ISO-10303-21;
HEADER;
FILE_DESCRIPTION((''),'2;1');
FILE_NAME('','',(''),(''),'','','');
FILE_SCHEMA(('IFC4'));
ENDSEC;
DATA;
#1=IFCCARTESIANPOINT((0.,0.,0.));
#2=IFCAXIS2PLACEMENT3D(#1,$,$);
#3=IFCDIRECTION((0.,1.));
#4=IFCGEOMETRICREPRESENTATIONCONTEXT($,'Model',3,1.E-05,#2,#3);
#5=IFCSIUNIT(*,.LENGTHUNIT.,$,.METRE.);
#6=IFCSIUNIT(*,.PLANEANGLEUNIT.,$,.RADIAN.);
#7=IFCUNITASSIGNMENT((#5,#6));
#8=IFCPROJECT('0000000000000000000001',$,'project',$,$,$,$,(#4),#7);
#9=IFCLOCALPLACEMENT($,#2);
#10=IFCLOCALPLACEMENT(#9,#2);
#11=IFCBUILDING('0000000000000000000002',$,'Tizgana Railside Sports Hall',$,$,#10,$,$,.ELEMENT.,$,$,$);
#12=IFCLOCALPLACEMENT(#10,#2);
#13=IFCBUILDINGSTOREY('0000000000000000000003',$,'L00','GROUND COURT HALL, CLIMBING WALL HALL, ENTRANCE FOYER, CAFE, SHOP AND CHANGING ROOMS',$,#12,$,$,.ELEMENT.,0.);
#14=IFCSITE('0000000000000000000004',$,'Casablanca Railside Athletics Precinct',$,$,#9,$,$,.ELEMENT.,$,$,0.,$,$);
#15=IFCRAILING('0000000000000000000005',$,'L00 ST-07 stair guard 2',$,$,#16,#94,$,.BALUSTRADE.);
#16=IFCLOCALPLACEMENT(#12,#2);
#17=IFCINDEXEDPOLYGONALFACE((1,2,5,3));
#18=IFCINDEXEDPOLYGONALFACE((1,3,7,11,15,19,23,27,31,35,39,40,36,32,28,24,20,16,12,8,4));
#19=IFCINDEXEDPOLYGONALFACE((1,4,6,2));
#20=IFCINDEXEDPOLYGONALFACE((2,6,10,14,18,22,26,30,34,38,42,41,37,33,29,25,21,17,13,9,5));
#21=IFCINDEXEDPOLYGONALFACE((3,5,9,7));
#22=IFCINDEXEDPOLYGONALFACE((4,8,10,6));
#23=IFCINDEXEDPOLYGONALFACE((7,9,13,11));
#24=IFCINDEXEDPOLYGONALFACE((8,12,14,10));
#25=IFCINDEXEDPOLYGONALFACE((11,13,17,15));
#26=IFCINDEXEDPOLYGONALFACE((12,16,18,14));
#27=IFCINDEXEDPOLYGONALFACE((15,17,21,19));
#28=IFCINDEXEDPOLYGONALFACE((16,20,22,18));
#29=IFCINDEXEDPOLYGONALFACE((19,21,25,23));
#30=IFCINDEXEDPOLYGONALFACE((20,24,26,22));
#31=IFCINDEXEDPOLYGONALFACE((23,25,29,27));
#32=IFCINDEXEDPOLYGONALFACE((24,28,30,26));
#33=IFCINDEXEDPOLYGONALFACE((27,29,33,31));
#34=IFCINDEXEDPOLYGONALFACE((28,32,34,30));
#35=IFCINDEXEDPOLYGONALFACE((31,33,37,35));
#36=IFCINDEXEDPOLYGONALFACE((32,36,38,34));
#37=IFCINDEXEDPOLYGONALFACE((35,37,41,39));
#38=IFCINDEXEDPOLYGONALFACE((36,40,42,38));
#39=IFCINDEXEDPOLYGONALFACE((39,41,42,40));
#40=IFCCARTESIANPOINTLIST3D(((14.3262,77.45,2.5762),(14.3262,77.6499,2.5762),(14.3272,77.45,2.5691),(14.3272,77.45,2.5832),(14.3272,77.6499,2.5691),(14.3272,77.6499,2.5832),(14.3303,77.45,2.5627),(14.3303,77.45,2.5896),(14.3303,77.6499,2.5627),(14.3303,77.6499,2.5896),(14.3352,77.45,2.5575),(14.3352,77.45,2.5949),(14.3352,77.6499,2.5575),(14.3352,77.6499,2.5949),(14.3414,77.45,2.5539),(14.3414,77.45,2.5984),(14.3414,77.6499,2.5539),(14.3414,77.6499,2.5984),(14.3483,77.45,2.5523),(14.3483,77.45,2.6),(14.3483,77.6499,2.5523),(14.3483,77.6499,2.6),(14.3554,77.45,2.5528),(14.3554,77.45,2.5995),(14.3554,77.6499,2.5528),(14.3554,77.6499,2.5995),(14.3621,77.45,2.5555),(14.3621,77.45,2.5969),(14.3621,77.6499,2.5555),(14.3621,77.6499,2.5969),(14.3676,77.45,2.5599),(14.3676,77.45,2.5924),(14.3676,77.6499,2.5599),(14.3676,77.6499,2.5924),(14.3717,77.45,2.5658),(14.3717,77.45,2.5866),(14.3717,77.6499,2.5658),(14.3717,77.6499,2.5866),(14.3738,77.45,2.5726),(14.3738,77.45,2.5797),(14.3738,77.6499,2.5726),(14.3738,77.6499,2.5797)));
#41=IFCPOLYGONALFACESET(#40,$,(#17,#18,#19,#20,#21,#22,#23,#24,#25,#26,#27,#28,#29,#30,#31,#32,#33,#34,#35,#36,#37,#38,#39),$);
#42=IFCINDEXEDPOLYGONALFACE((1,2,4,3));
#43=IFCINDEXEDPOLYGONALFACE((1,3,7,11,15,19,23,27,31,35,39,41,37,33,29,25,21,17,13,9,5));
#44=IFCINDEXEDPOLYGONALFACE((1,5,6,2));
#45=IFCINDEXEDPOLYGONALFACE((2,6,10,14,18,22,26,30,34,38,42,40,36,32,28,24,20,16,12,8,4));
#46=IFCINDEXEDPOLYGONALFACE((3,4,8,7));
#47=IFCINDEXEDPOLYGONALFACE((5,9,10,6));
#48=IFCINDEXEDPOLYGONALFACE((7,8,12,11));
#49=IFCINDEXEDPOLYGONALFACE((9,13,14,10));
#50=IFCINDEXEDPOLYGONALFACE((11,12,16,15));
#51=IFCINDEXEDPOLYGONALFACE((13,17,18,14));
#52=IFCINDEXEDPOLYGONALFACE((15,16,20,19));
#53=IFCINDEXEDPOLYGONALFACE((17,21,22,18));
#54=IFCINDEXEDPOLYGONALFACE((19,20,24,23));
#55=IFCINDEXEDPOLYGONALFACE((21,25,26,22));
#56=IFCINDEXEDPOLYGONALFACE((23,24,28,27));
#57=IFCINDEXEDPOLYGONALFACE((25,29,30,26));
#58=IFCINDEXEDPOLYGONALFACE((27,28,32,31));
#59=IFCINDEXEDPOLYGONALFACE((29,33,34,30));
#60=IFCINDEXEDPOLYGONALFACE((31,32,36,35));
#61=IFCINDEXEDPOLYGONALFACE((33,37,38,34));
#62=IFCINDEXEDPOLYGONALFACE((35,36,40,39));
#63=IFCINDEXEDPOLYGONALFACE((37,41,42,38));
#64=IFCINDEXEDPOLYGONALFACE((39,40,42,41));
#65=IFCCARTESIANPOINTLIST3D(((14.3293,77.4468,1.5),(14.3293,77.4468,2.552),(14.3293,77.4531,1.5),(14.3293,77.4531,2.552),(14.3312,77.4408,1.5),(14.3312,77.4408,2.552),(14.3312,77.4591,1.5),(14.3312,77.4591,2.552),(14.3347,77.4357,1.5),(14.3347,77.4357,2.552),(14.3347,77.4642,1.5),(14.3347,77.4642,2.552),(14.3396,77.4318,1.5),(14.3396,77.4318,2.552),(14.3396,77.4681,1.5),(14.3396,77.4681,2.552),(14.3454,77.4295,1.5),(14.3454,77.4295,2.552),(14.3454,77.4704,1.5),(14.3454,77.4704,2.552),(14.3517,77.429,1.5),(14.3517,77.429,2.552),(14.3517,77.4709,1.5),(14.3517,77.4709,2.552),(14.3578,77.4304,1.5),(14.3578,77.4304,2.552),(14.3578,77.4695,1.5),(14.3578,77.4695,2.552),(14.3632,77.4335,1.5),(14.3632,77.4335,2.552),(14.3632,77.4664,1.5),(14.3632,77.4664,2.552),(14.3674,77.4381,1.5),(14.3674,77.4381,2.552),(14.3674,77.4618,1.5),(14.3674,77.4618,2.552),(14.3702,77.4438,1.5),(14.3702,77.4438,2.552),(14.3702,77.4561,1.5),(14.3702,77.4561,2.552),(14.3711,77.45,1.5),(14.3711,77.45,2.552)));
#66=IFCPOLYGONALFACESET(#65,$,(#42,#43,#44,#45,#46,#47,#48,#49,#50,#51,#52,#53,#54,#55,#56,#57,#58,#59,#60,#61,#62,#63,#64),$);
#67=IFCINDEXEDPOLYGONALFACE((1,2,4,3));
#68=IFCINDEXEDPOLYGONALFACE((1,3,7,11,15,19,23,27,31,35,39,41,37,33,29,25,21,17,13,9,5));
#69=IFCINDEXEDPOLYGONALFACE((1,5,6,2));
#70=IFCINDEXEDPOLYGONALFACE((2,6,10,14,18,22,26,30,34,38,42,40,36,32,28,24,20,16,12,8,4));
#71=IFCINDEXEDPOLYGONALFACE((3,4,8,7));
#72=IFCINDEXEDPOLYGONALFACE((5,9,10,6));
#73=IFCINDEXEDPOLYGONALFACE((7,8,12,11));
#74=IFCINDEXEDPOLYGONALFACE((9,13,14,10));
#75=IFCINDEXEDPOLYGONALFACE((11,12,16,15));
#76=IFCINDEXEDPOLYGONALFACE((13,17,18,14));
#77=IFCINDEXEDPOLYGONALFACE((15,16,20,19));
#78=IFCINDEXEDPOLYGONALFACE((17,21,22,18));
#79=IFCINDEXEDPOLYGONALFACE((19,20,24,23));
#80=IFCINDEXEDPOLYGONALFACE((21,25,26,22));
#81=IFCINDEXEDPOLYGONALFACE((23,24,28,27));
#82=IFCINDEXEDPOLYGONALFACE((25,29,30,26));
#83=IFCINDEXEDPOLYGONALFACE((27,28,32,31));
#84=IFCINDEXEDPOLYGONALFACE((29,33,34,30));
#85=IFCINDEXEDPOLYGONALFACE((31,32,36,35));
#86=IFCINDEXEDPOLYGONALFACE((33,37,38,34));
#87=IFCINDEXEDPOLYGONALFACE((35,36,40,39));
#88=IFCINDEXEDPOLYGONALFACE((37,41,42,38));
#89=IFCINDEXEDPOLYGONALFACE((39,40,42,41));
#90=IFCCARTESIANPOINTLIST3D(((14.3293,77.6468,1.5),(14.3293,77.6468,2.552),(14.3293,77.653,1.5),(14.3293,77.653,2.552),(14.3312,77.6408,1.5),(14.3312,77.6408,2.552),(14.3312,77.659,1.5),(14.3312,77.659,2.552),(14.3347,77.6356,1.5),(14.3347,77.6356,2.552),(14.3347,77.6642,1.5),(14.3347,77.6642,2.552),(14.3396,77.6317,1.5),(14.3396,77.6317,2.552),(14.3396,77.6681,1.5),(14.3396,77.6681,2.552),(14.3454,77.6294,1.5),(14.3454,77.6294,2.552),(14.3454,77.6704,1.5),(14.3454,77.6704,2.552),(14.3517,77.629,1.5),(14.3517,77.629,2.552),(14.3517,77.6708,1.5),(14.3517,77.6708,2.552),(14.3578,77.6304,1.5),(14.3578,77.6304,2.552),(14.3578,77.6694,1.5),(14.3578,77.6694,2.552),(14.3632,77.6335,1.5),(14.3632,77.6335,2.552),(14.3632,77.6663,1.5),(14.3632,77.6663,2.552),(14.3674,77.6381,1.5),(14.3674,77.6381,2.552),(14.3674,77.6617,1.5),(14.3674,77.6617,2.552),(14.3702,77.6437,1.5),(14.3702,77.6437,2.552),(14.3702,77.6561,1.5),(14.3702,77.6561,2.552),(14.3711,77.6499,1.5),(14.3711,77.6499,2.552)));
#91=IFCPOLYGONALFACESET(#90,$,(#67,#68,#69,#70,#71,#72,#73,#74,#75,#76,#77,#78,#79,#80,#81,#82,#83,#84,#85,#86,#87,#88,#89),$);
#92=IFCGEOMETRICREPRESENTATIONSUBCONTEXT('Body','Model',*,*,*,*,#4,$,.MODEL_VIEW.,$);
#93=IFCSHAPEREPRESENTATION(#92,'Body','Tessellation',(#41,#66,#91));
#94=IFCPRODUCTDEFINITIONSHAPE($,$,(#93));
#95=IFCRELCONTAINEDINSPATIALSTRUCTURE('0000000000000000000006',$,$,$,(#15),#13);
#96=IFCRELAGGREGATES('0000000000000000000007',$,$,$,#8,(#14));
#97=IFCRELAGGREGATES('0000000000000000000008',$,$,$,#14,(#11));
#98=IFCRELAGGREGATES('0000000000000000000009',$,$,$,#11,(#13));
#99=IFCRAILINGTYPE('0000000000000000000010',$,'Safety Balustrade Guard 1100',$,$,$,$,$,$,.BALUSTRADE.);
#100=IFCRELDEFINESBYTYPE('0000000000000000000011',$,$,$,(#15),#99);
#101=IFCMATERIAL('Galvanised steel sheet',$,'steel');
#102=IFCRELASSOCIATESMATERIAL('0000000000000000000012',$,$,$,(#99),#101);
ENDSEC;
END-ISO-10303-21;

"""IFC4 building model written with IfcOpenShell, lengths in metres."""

from ifc_helpers import new_model, si_unit, direction, frame, origin, origin_2d, place, context, subcontext, project, spatial, circle, extrude, material, type_object, element, save


model = new_model("IFC4")

# Units and contexts
model_context = context("Model", 3, precision=1e-05, world=origin(), true_north=direction((0.0, 1.0)))
body_context = subcontext(model_context, "Body", "Model", "MODEL_VIEW")
ifc_project = project(units=[si_unit("LENGTHUNIT", "METRE"), si_unit("PLANEANGLEUNIT", "RADIAN")], contexts=[model_context])

# Site, building, storey
site_placement = place(None, origin())
site = spatial("IfcSite", under=ifc_project, at=site_placement, Name="Casablanca Railside Athletics Precinct", CompositionType="ELEMENT", RefElevation=0.0)
building_placement = place(site_placement, origin())
building = spatial("IfcBuilding", under=site, at=building_placement, Name="Tizgana Railside Sports Hall", CompositionType="ELEMENT")
storey_placement = place(building_placement, origin())
storey = spatial("IfcBuildingStorey", under=building, at=storey_placement, Name="L00", Description="GROUND COURT HALL, CLIMBING WALL HALL, ENTRANCE FOYER, CAFE, SHOP AND CHANGING ROOMS", CompositionType="ELEMENT", Elevation=0.0)

# Railing
ifc_material_1 = material(Name="Galvanised steel sheet", Category="steel")
railing_type_1 = type_object("IfcRailingType", Name="Safety Balustrade Guard 1100", PredefinedType="BALUSTRADE", material=ifc_material_1)
railing_1_placement = place(storey_placement, frame((14.3501, 77.45, 1.5)))
element("IfcRailing", 1, at=railing_1_placement, inside=storey, type_object=railing_type_1, Name="L00 ST-07 stair guard 2", PredefinedType="BALUSTRADE", context=body_context, shape_type="SweptSolid", body=[
    extrude(circle(Radius=0.0239, at=origin_2d()), frame((0.0, 0.0, 1.0762), z_axis=(0.0, 1.0, 0.0), x_axis=(-1.0, 0.0, 0.0)), (0.0, 0.0, 1.0), 0.2),
    extrude(circle(Radius=0.021, at=origin_2d()), origin(), (0.0, 0.0, 1.0), 1.052),
    extrude(circle(Radius=0.021, at=origin_2d()), frame((0.0, 0.2, 0.0)), (0.0, 0.0, 1.0), 1.052),
])

save(model, "model.ifc")
